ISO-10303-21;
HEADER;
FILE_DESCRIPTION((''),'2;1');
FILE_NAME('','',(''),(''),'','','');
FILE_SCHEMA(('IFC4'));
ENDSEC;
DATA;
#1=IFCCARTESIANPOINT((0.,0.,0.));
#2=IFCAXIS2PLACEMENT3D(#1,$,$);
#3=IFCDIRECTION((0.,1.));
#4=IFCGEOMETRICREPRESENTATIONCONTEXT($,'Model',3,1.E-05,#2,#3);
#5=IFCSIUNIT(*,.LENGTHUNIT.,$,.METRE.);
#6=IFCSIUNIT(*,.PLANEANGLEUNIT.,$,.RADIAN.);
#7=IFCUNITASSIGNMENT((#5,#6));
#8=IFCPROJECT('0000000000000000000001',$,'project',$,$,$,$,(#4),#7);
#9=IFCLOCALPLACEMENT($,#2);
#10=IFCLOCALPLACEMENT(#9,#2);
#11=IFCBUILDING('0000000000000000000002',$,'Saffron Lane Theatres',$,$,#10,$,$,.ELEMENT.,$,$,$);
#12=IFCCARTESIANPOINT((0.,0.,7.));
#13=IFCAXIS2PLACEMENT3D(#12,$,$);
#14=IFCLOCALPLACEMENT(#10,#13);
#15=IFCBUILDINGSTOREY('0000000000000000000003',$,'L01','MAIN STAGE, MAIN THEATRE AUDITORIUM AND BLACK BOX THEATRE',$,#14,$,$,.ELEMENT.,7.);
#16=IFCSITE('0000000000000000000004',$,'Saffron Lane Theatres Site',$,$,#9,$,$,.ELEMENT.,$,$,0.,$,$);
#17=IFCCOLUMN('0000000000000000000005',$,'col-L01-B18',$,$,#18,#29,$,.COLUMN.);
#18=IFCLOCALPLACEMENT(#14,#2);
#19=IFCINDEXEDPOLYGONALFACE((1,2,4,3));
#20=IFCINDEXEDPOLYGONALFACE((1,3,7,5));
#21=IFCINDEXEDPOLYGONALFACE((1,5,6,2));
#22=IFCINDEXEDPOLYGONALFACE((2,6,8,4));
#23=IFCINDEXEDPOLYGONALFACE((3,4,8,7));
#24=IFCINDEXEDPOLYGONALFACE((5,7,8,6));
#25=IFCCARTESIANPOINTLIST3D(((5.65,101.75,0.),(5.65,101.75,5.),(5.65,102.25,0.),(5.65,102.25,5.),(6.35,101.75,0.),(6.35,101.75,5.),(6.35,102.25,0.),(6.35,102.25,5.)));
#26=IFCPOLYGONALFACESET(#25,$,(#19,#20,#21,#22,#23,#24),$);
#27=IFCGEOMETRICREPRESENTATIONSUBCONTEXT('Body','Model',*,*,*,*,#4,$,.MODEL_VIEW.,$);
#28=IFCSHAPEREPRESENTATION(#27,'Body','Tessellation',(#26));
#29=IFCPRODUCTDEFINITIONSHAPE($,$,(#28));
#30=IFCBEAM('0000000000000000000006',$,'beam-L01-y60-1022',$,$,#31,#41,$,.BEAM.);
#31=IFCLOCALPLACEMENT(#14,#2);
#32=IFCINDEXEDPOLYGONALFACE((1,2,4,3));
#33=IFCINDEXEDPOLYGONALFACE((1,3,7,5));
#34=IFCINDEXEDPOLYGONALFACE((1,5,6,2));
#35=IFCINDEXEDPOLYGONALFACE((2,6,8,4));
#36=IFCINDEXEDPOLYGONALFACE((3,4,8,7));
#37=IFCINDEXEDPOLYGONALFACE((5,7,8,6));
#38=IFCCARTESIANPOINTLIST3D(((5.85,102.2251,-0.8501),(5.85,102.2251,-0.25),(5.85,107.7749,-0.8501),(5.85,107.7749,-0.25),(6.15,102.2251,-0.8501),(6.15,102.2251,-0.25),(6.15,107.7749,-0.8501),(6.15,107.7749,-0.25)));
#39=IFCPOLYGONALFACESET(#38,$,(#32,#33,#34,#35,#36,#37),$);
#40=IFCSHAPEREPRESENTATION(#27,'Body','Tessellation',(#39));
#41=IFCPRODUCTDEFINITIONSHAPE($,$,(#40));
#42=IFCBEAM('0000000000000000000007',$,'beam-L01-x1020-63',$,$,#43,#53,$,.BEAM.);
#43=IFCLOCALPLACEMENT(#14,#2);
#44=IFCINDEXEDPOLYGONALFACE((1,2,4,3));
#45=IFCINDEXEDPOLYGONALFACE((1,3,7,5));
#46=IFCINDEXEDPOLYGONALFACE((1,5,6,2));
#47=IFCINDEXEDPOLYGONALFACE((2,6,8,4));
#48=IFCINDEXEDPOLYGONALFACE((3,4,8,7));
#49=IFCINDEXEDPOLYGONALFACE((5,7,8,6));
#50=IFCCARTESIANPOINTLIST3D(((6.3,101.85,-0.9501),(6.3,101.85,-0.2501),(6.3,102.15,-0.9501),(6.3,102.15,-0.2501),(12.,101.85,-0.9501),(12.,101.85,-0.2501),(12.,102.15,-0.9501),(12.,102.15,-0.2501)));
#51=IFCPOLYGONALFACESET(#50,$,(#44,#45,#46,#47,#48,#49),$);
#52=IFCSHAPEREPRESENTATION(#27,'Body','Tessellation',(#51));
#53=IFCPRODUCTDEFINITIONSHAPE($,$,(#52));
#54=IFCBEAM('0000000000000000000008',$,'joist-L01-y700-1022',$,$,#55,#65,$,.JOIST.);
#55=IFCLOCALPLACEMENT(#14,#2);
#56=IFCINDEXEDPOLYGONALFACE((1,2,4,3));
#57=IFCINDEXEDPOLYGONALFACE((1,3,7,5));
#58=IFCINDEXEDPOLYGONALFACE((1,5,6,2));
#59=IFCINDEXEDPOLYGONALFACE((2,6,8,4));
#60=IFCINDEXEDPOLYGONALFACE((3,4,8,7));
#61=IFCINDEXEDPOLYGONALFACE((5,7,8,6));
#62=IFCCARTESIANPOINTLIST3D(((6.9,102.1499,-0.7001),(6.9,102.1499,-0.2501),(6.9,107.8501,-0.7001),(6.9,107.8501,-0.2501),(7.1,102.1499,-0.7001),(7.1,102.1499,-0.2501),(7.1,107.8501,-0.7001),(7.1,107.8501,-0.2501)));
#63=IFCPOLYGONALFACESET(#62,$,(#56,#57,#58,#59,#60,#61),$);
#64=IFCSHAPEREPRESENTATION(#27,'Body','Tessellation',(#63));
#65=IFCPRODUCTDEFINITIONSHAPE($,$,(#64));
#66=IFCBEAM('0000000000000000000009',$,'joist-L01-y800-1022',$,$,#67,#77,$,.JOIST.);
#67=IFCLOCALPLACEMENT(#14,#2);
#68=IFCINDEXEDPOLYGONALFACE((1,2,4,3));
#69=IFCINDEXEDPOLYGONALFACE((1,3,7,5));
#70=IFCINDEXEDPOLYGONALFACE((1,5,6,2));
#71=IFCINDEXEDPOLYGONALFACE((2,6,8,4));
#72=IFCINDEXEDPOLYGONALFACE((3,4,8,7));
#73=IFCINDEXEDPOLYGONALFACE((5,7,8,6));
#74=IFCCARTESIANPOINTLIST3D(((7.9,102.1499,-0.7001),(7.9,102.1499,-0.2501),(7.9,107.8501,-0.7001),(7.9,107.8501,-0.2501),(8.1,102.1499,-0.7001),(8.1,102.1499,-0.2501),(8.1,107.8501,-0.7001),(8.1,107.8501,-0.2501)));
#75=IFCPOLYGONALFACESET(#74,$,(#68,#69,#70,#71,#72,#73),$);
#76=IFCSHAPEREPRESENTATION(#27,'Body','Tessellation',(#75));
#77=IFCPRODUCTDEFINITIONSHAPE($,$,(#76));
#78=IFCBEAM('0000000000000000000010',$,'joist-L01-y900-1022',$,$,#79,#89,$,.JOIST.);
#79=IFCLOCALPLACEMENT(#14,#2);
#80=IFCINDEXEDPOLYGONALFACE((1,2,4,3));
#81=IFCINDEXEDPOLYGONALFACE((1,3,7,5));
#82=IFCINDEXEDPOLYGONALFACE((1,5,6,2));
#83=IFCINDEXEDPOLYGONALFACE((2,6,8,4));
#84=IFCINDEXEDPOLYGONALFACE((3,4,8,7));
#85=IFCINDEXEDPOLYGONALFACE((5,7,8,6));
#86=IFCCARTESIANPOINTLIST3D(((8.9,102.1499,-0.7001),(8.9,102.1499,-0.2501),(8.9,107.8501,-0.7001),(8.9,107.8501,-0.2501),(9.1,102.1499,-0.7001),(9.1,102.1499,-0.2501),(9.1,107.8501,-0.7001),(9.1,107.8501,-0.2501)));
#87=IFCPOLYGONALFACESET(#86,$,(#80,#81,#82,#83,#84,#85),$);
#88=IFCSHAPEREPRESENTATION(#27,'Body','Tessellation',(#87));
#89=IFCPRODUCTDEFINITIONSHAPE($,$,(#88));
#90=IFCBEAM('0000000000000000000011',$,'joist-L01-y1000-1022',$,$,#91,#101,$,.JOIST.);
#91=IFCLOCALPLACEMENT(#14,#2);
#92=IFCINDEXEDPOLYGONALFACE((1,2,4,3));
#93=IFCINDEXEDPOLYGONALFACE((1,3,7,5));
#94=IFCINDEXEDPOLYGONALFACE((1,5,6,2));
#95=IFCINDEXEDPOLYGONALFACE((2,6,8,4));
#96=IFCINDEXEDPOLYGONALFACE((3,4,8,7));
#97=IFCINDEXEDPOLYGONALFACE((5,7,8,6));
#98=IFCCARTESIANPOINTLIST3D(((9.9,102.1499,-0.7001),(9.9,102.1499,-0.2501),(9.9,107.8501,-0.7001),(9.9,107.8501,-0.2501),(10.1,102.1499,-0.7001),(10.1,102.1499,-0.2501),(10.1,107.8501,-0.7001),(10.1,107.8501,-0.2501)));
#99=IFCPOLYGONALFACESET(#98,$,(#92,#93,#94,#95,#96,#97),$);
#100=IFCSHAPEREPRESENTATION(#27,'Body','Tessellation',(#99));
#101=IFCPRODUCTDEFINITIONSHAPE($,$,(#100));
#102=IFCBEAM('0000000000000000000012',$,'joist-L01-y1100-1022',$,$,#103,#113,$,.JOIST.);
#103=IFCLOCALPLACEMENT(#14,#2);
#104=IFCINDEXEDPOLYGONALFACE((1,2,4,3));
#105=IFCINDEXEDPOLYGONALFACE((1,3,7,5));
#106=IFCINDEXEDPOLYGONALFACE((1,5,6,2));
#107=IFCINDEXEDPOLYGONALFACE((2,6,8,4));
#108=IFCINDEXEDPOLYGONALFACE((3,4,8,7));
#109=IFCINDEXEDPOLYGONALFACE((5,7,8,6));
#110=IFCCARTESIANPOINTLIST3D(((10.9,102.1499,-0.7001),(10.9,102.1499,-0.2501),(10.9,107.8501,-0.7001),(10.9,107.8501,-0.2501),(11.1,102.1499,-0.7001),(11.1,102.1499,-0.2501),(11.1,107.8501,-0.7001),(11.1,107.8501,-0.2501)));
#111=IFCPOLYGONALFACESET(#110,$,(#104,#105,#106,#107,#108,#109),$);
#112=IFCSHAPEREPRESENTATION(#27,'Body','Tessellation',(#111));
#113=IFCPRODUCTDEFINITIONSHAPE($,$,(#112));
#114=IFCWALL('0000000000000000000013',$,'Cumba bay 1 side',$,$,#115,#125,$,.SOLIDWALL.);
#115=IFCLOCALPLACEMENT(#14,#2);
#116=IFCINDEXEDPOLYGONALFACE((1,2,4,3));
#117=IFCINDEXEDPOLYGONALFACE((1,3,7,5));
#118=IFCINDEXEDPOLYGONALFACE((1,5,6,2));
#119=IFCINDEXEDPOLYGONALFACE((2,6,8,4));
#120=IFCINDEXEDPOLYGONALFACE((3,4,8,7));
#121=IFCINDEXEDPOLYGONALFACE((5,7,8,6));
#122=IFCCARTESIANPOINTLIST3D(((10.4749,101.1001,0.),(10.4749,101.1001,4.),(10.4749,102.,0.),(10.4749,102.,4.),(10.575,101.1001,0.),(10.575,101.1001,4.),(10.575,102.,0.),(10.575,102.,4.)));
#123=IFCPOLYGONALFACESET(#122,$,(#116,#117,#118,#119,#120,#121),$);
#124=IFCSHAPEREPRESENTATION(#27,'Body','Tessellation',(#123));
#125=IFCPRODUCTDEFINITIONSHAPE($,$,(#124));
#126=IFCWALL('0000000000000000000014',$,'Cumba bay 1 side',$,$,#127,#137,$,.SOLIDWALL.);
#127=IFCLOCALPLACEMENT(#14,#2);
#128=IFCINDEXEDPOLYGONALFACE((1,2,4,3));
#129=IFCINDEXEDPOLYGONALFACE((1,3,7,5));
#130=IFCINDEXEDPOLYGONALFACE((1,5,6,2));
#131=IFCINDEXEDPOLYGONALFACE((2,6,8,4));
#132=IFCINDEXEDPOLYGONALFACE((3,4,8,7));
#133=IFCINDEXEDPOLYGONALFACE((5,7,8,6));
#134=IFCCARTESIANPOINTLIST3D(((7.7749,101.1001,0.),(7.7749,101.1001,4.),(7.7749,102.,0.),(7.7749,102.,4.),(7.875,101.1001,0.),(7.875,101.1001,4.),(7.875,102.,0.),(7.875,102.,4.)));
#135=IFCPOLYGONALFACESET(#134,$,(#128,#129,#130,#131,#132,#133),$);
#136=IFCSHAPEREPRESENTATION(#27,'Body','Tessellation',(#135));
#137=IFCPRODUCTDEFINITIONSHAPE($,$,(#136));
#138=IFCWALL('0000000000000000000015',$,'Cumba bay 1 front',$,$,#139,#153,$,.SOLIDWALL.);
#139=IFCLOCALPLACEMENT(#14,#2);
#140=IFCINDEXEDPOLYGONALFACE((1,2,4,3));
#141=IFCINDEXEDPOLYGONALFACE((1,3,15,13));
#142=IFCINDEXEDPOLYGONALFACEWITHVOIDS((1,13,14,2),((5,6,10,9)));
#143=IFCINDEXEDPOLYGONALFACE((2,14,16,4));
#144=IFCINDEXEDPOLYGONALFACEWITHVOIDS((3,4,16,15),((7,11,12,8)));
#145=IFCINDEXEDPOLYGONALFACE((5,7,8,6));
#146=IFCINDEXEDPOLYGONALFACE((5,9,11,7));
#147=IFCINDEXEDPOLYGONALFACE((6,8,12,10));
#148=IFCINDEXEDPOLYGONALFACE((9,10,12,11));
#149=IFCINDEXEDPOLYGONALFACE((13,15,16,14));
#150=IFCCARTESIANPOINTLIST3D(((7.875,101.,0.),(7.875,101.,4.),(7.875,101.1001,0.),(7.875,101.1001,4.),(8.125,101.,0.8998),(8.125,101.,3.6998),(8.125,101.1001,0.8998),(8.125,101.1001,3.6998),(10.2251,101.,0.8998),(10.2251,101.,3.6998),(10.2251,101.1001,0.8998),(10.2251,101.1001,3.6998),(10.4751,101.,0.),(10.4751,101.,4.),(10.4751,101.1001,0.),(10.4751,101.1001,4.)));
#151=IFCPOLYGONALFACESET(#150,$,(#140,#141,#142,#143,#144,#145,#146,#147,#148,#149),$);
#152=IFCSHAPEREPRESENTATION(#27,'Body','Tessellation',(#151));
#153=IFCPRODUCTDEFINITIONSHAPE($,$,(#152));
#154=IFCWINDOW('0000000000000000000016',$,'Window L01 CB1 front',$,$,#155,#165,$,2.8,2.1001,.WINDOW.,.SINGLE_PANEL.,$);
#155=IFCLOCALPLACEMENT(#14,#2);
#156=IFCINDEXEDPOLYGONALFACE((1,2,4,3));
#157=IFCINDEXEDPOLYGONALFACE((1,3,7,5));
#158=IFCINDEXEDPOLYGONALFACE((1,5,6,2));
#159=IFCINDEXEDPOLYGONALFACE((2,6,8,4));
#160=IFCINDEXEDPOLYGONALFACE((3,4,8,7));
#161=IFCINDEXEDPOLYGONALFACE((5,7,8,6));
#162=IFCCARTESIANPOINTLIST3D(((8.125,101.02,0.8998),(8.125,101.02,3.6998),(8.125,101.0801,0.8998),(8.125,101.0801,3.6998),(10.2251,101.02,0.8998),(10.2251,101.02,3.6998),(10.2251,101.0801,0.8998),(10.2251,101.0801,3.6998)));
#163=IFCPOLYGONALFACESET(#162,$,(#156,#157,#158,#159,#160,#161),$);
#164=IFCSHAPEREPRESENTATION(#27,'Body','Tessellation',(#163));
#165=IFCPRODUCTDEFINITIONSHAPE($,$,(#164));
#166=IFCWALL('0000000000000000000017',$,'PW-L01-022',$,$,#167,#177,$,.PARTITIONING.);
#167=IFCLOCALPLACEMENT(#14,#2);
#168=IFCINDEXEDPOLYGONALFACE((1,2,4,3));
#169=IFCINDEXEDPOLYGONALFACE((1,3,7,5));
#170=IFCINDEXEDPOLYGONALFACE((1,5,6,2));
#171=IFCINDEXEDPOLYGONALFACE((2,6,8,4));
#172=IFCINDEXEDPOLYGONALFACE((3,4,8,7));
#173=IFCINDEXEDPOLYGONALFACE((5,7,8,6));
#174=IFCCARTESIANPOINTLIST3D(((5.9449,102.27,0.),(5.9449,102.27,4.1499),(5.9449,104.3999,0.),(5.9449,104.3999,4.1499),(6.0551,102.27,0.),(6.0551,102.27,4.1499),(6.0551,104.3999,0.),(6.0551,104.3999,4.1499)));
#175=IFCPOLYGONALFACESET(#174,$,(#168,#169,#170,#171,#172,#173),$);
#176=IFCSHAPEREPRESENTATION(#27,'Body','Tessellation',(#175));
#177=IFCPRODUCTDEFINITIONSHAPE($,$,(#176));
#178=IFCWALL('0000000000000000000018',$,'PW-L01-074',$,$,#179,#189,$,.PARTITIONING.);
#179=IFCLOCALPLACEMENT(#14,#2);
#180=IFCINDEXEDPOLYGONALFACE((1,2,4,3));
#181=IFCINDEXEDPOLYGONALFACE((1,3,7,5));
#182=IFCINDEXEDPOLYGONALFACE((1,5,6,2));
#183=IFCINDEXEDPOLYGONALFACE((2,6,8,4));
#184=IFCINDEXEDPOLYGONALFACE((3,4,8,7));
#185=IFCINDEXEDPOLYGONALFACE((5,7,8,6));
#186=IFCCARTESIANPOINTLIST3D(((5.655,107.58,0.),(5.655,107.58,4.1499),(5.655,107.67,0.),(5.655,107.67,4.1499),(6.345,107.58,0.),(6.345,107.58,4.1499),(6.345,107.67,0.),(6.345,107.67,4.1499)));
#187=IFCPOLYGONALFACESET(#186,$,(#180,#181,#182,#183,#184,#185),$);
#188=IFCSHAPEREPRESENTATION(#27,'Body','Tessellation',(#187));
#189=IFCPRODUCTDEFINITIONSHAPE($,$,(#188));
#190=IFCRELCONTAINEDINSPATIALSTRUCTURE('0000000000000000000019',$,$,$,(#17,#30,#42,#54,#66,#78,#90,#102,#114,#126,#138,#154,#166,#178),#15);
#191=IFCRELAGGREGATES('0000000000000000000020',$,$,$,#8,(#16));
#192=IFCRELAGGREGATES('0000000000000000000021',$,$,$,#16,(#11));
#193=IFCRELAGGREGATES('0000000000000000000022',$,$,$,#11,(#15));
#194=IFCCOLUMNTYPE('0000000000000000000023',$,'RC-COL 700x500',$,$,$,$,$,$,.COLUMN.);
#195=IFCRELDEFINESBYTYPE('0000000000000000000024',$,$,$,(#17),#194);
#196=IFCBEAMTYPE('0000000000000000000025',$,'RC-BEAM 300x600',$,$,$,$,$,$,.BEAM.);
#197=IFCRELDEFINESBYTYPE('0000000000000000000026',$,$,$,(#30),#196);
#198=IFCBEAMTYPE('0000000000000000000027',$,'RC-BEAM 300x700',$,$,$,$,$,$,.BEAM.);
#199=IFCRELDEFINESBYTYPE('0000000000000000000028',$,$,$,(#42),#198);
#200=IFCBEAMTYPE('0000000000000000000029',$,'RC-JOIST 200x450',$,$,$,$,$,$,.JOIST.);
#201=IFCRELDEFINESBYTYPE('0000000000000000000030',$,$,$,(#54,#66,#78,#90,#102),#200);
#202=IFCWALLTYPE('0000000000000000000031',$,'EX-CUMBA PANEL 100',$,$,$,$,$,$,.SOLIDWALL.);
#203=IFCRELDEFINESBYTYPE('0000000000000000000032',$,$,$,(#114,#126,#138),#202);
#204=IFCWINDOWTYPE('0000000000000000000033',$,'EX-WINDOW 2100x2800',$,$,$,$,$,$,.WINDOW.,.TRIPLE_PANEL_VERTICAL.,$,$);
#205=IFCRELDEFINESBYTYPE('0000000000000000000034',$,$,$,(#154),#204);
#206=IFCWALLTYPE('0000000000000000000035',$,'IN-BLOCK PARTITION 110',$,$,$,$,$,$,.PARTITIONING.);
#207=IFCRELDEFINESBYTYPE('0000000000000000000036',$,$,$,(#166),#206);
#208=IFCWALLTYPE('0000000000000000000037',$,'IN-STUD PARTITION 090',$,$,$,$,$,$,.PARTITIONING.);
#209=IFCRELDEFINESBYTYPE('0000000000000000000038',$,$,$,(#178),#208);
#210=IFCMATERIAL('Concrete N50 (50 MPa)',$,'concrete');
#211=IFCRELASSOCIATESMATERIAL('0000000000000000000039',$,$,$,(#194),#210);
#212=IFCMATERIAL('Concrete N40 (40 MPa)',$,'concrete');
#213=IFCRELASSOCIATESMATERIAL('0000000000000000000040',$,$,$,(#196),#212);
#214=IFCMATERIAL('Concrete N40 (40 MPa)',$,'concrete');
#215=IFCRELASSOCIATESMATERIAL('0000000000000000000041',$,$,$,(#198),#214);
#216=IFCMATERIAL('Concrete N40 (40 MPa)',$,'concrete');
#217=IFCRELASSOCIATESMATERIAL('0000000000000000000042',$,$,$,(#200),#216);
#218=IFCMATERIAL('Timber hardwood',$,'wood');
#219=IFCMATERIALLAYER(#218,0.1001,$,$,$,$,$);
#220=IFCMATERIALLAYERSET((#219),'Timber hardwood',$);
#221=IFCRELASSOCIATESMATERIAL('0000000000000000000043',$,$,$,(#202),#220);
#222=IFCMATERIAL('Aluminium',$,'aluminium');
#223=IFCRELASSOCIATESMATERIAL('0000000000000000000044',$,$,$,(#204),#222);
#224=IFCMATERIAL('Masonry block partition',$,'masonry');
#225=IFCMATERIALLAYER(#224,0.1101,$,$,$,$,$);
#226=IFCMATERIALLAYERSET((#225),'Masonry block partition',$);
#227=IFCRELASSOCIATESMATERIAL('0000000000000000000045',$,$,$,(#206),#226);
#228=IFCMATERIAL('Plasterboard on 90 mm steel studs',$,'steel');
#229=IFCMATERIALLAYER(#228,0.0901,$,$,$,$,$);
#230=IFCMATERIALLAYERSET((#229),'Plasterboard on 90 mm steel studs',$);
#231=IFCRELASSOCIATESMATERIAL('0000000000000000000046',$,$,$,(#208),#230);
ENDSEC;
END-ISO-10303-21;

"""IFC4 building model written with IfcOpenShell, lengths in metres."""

from ifc_helpers import new_model, si_unit, direction, frame, frame_2d, origin, origin_2d, place, context, subcontext, project, spatial, rectangle, extrude, material, layer, layer_set, material_profile, profile_set, type_object, element, fill, save


model = new_model("IFC4")

# Units and contexts
model_context = context("Model", 3, precision=1e-05, world=origin(), true_north=direction((0.0, 1.0)))
body_context = subcontext(model_context, "Body", "Model", "MODEL_VIEW")
ifc_project = project(units=[si_unit("LENGTHUNIT", "METRE"), si_unit("PLANEANGLEUNIT", "RADIAN")], contexts=[model_context])

# Site, building, storey
site_placement = place(None, origin())
site = spatial("IfcSite", under=ifc_project, at=site_placement, Name="Saffron Lane Theatres Site", CompositionType="ELEMENT", RefElevation=0.0)
building_placement = place(site_placement, origin())
building = spatial("IfcBuilding", under=site, at=building_placement, Name="Saffron Lane Theatres", CompositionType="ELEMENT")
storey_placement = place(building_placement, frame((0.0, 0.0, 7.0)))
storey = spatial("IfcBuildingStorey", under=building, at=storey_placement, Name="L01", Description="MAIN STAGE, MAIN THEATRE AUDITORIUM AND BLACK BOX THEATRE", CompositionType="ELEMENT", Elevation=7.0)

# Column
ifc_material_1 = material(Name="Concrete N50 (50 MPa)", Category="concrete")
ifc_material_profile_1 = material_profile(ifc_material_1, rectangle(XDim=0.7, YDim=0.5, at=origin_2d()))
ifc_profile_set_1 = profile_set([ifc_material_profile_1], Name="Concrete N50 (50 MPa)")
column_type = type_object("IfcColumnType", Name="RC-COL 700x500", PredefinedType="COLUMN", material=ifc_profile_set_1)
column_placement = place(storey_placement, frame((6.0, 102.0, 0.0), z_axis=(0.0, 0.0, 1.0), x_axis=(1.0, 0.0, 0.0)))
element("IfcColumn", 1, at=column_placement, inside=storey, type_object=column_type, Name="col-L01-B18", PredefinedType="COLUMN", context=body_context, shape_type="SweptSolid", body=[
    extrude(rectangle(XDim=0.7, YDim=0.5, at=origin_2d()), origin(), (0.0, 0.0, 1.0), 5.0),
])

# Beams
ifc_material_2 = material(Name="Concrete N40 (40 MPa)", Category="concrete")
ifc_material_profile_2 = material_profile(ifc_material_2, rectangle(XDim=0.3, YDim=0.6001, at=origin_2d()))
ifc_profile_set_2 = profile_set([ifc_material_profile_2], Name="Concrete N40 (40 MPa)")
beam_type_1 = type_object("IfcBeamType", Name="RC-BEAM 300x600", PredefinedType="BEAM", material=ifc_profile_set_2)
beam_1_placement = place(storey_placement, frame((6.0, 102.2251, -0.55), z_axis=(0.0, 1.0, 0.0), x_axis=(-1.0, 0.0, 0.0)))
element("IfcBeam", 2, at=beam_1_placement, inside=storey, type_object=beam_type_1, Name="beam-L01-y60-1022", PredefinedType="BEAM", context=body_context, shape_type="SweptSolid", body=[
    extrude(rectangle(XDim=0.3, YDim=0.6001, at=origin_2d()), origin(), (0.0, 0.0, 1.0), 5.5498),
])
ifc_material_3 = material(Name="Concrete N40 (40 MPa)", Category="concrete")
ifc_material_profile_3 = material_profile(ifc_material_3, rectangle(XDim=0.3, YDim=0.7, at=origin_2d()))
ifc_profile_set_3 = profile_set([ifc_material_profile_3], Name="Concrete N40 (40 MPa)")
beam_type_2 = type_object("IfcBeamType", Name="RC-BEAM 300x700", PredefinedType="BEAM", material=ifc_profile_set_3)
beam_2_placement = place(storey_placement, frame((6.3, 102.0, -0.6001), z_axis=(1.0, 0.0, 0.0), x_axis=(0.0, 1.0, 0.0)))
element("IfcBeam", 3, at=beam_2_placement, inside=storey, type_object=beam_type_2, Name="beam-L01-x1020-63", PredefinedType="BEAM", context=body_context, shape_type="SweptSolid", body=[
    extrude(rectangle(XDim=0.3, YDim=0.7, at=origin_2d()), origin(), (0.0, 0.0, 1.0), 5.7),
])
ifc_material_4 = material(Name="Concrete N40 (40 MPa)", Category="concrete")
ifc_material_profile_4 = material_profile(ifc_material_4, rectangle(XDim=0.2, YDim=0.45, at=origin_2d()))
ifc_profile_set_4 = profile_set([ifc_material_profile_4], Name="Concrete N40 (40 MPa)")
beam_type_3 = type_object("IfcBeamType", Name="RC-JOIST 200x450", PredefinedType="JOIST", material=ifc_profile_set_4)
for number, where, z_axis, x_axis, name in (
    (4, (7.0, 102.1499, -0.4751), (0.0, 1.0, 0.0), (-1.0, 0.0, 0.0), "joist-L01-y700-1022"),
    (5, (8.0, 102.1499, -0.4751), (0.0, 1.0, 0.0), (-1.0, 0.0, 0.0), "joist-L01-y800-1022"),
    (6, (9.0, 102.1499, -0.4751), (0.0, 1.0, 0.0), (-1.0, 0.0, 0.0), "joist-L01-y900-1022"),
    (7, (10.0, 102.1499, -0.4751), (0.0, 1.0, 0.0), (-1.0, 0.0, 0.0), "joist-L01-y1000-1022"),
    (8, (11.0, 102.1499, -0.4751), (0.0, 1.0, 0.0), (-1.0, 0.0, 0.0), "joist-L01-y1100-1022"),
):
    element("IfcBeam", number, at=place(storey_placement, frame(where, z_axis=z_axis, x_axis=x_axis)), inside=storey, type_object=beam_type_3, Name=name, PredefinedType="JOIST", context=body_context, shape_type="SweptSolid", body=[
        extrude(rectangle(XDim=0.2, YDim=0.45, at=origin_2d()), origin(), (0.0, 0.0, 1.0), 5.7002),
    ])

# Walls
ifc_material_5 = material(Name="Timber hardwood", Category="wood")
ifc_layer_1 = layer(ifc_material_5, 0.1001)
ifc_layer_set_1 = layer_set([ifc_layer_1], Name="Timber hardwood")
wall_type_1 = type_object("IfcWallType", Name="EX-CUMBA PANEL 100", PredefinedType="SOLIDWALL", material=ifc_layer_set_1)
for number, where, z_axis, x_axis, name in (
    (9, (10.5249, 102.0, 0.0), (0.0, 0.0, 1.0), (0.0, -1.0, 0.0), "Cumba bay 1 side"),
    (10, (7.825, 102.0, 0.0), (0.0, 0.0, 1.0), (0.0, -1.0, 0.0), "Cumba bay 1 side"),
):
    element("IfcWall", number, at=place(storey_placement, frame(where, z_axis=z_axis, x_axis=x_axis)), inside=storey, type_object=wall_type_1, Name=name, PredefinedType="SOLIDWALL", context=body_context, shape_type="SweptSolid", body=[
        extrude(rectangle(XDim=0.8999, YDim=0.1001, at=frame_2d((0.45, 0.0))), origin(), (0.0, 0.0, 1.0), 4.0),
    ])

# Wall, opening, window
wall_1_placement = place(storey_placement, frame((10.4751, 101.05, 0.0), z_axis=(0.0, 0.0, 1.0), x_axis=(-1.0, 0.0, 0.0)))
wall_1 = element("IfcWall", 11, at=wall_1_placement, inside=storey, type_object=wall_type_1, Name="Cumba bay 1 front", PredefinedType="SOLIDWALL", context=body_context, shape_type="SweptSolid", body=[
    extrude(rectangle(XDim=2.6001, YDim=0.1001, at=frame_2d((1.3, 0.0))), origin(), (0.0, 0.0, 1.0), 4.0),
])
opening_placement = place(wall_1_placement, frame((0.25, 0.0, 0.8999)))
opening = element("IfcOpeningElement", 12, at=opening_placement, cuts=wall_1, PredefinedType="OPENING", context=body_context, shape_type="SweptSolid", body=[
    extrude(rectangle(XDim=2.1001, YDim=2.8, at=frame_2d((1.05, 1.3999))), frame((0.0, 0.0601, 0.0), z_axis=(0.0, -1.0, 0.0), x_axis=(1.0, 0.0, 0.0)), (0.0, 0.0, 1.0), 0.1201),
])
ifc_material_6 = material(Name="Aluminium", Category="aluminium")
window_type = type_object("IfcWindowType", Name="EX-WINDOW 2100x2800", PartitioningType="TRIPLE_PANEL_VERTICAL", PredefinedType="WINDOW", material=ifc_material_6)
window_placement = place(opening_placement, origin())
window = element("IfcWindow", 13, at=window_placement, inside=storey, type_object=window_type, Name="Window L01 CB1 front", OverallHeight=2.8, OverallWidth=2.1001, PartitioningType="SINGLE_PANEL", PredefinedType="WINDOW", context=body_context, shape_type="SweptSolid", body=[
    extrude(rectangle(XDim=2.1001, YDim=2.8, at=frame_2d((1.05, 1.3999))), frame((0.0, 0.03, 0.0), z_axis=(0.0, -1.0, 0.0), x_axis=(1.0, 0.0, 0.0)), (0.0, 0.0, 1.0), 0.0601),
])
fill(opening, window)

# Walls
ifc_material_7 = material(Name="Masonry block partition", Category="masonry")
ifc_layer_2 = layer(ifc_material_7, 0.1101)
ifc_layer_set_2 = layer_set([ifc_layer_2], Name="Masonry block partition")
wall_type_2 = type_object("IfcWallType", Name="IN-BLOCK PARTITION 110", PredefinedType="PARTITIONING", material=ifc_layer_set_2)
wall_2_placement = place(storey_placement, frame((6.0, 102.27, 0.0), z_axis=(0.0, 0.0, 1.0), x_axis=(0.0, 1.0, 0.0)))
element("IfcWall", 14, at=wall_2_placement, inside=storey, type_object=wall_type_2, Name="PW-L01-022", PredefinedType="PARTITIONING", context=body_context, shape_type="SweptSolid", body=[
    extrude(rectangle(XDim=2.1299, YDim=0.1101, at=frame_2d((1.0649, 0.0))), origin(), (0.0, 0.0, 1.0), 4.1499),
])
ifc_material_8 = material(Name="Plasterboard on 90 mm steel studs", Category="steel")
ifc_layer_3 = layer(ifc_material_8, 0.0901)
ifc_layer_set_3 = layer_set([ifc_layer_3], Name="Plasterboard on 90 mm steel studs")
wall_type_3 = type_object("IfcWallType", Name="IN-STUD PARTITION 090", PredefinedType="PARTITIONING", material=ifc_layer_set_3)
wall_3_placement = place(storey_placement, frame((5.655, 107.625, 0.0), z_axis=(0.0, 0.0, 1.0), x_axis=(1.0, 0.0, 0.0)))
element("IfcWall", 15, at=wall_3_placement, inside=storey, type_object=wall_type_3, Name="PW-L01-074", PredefinedType="PARTITIONING", context=body_context, shape_type="SweptSolid", body=[
    extrude(rectangle(XDim=0.6899, YDim=0.0901, at=frame_2d((0.345, 0.0))), origin(), (0.0, 0.0, 1.0), 4.1499),
])

save(model, "model.ifc")
